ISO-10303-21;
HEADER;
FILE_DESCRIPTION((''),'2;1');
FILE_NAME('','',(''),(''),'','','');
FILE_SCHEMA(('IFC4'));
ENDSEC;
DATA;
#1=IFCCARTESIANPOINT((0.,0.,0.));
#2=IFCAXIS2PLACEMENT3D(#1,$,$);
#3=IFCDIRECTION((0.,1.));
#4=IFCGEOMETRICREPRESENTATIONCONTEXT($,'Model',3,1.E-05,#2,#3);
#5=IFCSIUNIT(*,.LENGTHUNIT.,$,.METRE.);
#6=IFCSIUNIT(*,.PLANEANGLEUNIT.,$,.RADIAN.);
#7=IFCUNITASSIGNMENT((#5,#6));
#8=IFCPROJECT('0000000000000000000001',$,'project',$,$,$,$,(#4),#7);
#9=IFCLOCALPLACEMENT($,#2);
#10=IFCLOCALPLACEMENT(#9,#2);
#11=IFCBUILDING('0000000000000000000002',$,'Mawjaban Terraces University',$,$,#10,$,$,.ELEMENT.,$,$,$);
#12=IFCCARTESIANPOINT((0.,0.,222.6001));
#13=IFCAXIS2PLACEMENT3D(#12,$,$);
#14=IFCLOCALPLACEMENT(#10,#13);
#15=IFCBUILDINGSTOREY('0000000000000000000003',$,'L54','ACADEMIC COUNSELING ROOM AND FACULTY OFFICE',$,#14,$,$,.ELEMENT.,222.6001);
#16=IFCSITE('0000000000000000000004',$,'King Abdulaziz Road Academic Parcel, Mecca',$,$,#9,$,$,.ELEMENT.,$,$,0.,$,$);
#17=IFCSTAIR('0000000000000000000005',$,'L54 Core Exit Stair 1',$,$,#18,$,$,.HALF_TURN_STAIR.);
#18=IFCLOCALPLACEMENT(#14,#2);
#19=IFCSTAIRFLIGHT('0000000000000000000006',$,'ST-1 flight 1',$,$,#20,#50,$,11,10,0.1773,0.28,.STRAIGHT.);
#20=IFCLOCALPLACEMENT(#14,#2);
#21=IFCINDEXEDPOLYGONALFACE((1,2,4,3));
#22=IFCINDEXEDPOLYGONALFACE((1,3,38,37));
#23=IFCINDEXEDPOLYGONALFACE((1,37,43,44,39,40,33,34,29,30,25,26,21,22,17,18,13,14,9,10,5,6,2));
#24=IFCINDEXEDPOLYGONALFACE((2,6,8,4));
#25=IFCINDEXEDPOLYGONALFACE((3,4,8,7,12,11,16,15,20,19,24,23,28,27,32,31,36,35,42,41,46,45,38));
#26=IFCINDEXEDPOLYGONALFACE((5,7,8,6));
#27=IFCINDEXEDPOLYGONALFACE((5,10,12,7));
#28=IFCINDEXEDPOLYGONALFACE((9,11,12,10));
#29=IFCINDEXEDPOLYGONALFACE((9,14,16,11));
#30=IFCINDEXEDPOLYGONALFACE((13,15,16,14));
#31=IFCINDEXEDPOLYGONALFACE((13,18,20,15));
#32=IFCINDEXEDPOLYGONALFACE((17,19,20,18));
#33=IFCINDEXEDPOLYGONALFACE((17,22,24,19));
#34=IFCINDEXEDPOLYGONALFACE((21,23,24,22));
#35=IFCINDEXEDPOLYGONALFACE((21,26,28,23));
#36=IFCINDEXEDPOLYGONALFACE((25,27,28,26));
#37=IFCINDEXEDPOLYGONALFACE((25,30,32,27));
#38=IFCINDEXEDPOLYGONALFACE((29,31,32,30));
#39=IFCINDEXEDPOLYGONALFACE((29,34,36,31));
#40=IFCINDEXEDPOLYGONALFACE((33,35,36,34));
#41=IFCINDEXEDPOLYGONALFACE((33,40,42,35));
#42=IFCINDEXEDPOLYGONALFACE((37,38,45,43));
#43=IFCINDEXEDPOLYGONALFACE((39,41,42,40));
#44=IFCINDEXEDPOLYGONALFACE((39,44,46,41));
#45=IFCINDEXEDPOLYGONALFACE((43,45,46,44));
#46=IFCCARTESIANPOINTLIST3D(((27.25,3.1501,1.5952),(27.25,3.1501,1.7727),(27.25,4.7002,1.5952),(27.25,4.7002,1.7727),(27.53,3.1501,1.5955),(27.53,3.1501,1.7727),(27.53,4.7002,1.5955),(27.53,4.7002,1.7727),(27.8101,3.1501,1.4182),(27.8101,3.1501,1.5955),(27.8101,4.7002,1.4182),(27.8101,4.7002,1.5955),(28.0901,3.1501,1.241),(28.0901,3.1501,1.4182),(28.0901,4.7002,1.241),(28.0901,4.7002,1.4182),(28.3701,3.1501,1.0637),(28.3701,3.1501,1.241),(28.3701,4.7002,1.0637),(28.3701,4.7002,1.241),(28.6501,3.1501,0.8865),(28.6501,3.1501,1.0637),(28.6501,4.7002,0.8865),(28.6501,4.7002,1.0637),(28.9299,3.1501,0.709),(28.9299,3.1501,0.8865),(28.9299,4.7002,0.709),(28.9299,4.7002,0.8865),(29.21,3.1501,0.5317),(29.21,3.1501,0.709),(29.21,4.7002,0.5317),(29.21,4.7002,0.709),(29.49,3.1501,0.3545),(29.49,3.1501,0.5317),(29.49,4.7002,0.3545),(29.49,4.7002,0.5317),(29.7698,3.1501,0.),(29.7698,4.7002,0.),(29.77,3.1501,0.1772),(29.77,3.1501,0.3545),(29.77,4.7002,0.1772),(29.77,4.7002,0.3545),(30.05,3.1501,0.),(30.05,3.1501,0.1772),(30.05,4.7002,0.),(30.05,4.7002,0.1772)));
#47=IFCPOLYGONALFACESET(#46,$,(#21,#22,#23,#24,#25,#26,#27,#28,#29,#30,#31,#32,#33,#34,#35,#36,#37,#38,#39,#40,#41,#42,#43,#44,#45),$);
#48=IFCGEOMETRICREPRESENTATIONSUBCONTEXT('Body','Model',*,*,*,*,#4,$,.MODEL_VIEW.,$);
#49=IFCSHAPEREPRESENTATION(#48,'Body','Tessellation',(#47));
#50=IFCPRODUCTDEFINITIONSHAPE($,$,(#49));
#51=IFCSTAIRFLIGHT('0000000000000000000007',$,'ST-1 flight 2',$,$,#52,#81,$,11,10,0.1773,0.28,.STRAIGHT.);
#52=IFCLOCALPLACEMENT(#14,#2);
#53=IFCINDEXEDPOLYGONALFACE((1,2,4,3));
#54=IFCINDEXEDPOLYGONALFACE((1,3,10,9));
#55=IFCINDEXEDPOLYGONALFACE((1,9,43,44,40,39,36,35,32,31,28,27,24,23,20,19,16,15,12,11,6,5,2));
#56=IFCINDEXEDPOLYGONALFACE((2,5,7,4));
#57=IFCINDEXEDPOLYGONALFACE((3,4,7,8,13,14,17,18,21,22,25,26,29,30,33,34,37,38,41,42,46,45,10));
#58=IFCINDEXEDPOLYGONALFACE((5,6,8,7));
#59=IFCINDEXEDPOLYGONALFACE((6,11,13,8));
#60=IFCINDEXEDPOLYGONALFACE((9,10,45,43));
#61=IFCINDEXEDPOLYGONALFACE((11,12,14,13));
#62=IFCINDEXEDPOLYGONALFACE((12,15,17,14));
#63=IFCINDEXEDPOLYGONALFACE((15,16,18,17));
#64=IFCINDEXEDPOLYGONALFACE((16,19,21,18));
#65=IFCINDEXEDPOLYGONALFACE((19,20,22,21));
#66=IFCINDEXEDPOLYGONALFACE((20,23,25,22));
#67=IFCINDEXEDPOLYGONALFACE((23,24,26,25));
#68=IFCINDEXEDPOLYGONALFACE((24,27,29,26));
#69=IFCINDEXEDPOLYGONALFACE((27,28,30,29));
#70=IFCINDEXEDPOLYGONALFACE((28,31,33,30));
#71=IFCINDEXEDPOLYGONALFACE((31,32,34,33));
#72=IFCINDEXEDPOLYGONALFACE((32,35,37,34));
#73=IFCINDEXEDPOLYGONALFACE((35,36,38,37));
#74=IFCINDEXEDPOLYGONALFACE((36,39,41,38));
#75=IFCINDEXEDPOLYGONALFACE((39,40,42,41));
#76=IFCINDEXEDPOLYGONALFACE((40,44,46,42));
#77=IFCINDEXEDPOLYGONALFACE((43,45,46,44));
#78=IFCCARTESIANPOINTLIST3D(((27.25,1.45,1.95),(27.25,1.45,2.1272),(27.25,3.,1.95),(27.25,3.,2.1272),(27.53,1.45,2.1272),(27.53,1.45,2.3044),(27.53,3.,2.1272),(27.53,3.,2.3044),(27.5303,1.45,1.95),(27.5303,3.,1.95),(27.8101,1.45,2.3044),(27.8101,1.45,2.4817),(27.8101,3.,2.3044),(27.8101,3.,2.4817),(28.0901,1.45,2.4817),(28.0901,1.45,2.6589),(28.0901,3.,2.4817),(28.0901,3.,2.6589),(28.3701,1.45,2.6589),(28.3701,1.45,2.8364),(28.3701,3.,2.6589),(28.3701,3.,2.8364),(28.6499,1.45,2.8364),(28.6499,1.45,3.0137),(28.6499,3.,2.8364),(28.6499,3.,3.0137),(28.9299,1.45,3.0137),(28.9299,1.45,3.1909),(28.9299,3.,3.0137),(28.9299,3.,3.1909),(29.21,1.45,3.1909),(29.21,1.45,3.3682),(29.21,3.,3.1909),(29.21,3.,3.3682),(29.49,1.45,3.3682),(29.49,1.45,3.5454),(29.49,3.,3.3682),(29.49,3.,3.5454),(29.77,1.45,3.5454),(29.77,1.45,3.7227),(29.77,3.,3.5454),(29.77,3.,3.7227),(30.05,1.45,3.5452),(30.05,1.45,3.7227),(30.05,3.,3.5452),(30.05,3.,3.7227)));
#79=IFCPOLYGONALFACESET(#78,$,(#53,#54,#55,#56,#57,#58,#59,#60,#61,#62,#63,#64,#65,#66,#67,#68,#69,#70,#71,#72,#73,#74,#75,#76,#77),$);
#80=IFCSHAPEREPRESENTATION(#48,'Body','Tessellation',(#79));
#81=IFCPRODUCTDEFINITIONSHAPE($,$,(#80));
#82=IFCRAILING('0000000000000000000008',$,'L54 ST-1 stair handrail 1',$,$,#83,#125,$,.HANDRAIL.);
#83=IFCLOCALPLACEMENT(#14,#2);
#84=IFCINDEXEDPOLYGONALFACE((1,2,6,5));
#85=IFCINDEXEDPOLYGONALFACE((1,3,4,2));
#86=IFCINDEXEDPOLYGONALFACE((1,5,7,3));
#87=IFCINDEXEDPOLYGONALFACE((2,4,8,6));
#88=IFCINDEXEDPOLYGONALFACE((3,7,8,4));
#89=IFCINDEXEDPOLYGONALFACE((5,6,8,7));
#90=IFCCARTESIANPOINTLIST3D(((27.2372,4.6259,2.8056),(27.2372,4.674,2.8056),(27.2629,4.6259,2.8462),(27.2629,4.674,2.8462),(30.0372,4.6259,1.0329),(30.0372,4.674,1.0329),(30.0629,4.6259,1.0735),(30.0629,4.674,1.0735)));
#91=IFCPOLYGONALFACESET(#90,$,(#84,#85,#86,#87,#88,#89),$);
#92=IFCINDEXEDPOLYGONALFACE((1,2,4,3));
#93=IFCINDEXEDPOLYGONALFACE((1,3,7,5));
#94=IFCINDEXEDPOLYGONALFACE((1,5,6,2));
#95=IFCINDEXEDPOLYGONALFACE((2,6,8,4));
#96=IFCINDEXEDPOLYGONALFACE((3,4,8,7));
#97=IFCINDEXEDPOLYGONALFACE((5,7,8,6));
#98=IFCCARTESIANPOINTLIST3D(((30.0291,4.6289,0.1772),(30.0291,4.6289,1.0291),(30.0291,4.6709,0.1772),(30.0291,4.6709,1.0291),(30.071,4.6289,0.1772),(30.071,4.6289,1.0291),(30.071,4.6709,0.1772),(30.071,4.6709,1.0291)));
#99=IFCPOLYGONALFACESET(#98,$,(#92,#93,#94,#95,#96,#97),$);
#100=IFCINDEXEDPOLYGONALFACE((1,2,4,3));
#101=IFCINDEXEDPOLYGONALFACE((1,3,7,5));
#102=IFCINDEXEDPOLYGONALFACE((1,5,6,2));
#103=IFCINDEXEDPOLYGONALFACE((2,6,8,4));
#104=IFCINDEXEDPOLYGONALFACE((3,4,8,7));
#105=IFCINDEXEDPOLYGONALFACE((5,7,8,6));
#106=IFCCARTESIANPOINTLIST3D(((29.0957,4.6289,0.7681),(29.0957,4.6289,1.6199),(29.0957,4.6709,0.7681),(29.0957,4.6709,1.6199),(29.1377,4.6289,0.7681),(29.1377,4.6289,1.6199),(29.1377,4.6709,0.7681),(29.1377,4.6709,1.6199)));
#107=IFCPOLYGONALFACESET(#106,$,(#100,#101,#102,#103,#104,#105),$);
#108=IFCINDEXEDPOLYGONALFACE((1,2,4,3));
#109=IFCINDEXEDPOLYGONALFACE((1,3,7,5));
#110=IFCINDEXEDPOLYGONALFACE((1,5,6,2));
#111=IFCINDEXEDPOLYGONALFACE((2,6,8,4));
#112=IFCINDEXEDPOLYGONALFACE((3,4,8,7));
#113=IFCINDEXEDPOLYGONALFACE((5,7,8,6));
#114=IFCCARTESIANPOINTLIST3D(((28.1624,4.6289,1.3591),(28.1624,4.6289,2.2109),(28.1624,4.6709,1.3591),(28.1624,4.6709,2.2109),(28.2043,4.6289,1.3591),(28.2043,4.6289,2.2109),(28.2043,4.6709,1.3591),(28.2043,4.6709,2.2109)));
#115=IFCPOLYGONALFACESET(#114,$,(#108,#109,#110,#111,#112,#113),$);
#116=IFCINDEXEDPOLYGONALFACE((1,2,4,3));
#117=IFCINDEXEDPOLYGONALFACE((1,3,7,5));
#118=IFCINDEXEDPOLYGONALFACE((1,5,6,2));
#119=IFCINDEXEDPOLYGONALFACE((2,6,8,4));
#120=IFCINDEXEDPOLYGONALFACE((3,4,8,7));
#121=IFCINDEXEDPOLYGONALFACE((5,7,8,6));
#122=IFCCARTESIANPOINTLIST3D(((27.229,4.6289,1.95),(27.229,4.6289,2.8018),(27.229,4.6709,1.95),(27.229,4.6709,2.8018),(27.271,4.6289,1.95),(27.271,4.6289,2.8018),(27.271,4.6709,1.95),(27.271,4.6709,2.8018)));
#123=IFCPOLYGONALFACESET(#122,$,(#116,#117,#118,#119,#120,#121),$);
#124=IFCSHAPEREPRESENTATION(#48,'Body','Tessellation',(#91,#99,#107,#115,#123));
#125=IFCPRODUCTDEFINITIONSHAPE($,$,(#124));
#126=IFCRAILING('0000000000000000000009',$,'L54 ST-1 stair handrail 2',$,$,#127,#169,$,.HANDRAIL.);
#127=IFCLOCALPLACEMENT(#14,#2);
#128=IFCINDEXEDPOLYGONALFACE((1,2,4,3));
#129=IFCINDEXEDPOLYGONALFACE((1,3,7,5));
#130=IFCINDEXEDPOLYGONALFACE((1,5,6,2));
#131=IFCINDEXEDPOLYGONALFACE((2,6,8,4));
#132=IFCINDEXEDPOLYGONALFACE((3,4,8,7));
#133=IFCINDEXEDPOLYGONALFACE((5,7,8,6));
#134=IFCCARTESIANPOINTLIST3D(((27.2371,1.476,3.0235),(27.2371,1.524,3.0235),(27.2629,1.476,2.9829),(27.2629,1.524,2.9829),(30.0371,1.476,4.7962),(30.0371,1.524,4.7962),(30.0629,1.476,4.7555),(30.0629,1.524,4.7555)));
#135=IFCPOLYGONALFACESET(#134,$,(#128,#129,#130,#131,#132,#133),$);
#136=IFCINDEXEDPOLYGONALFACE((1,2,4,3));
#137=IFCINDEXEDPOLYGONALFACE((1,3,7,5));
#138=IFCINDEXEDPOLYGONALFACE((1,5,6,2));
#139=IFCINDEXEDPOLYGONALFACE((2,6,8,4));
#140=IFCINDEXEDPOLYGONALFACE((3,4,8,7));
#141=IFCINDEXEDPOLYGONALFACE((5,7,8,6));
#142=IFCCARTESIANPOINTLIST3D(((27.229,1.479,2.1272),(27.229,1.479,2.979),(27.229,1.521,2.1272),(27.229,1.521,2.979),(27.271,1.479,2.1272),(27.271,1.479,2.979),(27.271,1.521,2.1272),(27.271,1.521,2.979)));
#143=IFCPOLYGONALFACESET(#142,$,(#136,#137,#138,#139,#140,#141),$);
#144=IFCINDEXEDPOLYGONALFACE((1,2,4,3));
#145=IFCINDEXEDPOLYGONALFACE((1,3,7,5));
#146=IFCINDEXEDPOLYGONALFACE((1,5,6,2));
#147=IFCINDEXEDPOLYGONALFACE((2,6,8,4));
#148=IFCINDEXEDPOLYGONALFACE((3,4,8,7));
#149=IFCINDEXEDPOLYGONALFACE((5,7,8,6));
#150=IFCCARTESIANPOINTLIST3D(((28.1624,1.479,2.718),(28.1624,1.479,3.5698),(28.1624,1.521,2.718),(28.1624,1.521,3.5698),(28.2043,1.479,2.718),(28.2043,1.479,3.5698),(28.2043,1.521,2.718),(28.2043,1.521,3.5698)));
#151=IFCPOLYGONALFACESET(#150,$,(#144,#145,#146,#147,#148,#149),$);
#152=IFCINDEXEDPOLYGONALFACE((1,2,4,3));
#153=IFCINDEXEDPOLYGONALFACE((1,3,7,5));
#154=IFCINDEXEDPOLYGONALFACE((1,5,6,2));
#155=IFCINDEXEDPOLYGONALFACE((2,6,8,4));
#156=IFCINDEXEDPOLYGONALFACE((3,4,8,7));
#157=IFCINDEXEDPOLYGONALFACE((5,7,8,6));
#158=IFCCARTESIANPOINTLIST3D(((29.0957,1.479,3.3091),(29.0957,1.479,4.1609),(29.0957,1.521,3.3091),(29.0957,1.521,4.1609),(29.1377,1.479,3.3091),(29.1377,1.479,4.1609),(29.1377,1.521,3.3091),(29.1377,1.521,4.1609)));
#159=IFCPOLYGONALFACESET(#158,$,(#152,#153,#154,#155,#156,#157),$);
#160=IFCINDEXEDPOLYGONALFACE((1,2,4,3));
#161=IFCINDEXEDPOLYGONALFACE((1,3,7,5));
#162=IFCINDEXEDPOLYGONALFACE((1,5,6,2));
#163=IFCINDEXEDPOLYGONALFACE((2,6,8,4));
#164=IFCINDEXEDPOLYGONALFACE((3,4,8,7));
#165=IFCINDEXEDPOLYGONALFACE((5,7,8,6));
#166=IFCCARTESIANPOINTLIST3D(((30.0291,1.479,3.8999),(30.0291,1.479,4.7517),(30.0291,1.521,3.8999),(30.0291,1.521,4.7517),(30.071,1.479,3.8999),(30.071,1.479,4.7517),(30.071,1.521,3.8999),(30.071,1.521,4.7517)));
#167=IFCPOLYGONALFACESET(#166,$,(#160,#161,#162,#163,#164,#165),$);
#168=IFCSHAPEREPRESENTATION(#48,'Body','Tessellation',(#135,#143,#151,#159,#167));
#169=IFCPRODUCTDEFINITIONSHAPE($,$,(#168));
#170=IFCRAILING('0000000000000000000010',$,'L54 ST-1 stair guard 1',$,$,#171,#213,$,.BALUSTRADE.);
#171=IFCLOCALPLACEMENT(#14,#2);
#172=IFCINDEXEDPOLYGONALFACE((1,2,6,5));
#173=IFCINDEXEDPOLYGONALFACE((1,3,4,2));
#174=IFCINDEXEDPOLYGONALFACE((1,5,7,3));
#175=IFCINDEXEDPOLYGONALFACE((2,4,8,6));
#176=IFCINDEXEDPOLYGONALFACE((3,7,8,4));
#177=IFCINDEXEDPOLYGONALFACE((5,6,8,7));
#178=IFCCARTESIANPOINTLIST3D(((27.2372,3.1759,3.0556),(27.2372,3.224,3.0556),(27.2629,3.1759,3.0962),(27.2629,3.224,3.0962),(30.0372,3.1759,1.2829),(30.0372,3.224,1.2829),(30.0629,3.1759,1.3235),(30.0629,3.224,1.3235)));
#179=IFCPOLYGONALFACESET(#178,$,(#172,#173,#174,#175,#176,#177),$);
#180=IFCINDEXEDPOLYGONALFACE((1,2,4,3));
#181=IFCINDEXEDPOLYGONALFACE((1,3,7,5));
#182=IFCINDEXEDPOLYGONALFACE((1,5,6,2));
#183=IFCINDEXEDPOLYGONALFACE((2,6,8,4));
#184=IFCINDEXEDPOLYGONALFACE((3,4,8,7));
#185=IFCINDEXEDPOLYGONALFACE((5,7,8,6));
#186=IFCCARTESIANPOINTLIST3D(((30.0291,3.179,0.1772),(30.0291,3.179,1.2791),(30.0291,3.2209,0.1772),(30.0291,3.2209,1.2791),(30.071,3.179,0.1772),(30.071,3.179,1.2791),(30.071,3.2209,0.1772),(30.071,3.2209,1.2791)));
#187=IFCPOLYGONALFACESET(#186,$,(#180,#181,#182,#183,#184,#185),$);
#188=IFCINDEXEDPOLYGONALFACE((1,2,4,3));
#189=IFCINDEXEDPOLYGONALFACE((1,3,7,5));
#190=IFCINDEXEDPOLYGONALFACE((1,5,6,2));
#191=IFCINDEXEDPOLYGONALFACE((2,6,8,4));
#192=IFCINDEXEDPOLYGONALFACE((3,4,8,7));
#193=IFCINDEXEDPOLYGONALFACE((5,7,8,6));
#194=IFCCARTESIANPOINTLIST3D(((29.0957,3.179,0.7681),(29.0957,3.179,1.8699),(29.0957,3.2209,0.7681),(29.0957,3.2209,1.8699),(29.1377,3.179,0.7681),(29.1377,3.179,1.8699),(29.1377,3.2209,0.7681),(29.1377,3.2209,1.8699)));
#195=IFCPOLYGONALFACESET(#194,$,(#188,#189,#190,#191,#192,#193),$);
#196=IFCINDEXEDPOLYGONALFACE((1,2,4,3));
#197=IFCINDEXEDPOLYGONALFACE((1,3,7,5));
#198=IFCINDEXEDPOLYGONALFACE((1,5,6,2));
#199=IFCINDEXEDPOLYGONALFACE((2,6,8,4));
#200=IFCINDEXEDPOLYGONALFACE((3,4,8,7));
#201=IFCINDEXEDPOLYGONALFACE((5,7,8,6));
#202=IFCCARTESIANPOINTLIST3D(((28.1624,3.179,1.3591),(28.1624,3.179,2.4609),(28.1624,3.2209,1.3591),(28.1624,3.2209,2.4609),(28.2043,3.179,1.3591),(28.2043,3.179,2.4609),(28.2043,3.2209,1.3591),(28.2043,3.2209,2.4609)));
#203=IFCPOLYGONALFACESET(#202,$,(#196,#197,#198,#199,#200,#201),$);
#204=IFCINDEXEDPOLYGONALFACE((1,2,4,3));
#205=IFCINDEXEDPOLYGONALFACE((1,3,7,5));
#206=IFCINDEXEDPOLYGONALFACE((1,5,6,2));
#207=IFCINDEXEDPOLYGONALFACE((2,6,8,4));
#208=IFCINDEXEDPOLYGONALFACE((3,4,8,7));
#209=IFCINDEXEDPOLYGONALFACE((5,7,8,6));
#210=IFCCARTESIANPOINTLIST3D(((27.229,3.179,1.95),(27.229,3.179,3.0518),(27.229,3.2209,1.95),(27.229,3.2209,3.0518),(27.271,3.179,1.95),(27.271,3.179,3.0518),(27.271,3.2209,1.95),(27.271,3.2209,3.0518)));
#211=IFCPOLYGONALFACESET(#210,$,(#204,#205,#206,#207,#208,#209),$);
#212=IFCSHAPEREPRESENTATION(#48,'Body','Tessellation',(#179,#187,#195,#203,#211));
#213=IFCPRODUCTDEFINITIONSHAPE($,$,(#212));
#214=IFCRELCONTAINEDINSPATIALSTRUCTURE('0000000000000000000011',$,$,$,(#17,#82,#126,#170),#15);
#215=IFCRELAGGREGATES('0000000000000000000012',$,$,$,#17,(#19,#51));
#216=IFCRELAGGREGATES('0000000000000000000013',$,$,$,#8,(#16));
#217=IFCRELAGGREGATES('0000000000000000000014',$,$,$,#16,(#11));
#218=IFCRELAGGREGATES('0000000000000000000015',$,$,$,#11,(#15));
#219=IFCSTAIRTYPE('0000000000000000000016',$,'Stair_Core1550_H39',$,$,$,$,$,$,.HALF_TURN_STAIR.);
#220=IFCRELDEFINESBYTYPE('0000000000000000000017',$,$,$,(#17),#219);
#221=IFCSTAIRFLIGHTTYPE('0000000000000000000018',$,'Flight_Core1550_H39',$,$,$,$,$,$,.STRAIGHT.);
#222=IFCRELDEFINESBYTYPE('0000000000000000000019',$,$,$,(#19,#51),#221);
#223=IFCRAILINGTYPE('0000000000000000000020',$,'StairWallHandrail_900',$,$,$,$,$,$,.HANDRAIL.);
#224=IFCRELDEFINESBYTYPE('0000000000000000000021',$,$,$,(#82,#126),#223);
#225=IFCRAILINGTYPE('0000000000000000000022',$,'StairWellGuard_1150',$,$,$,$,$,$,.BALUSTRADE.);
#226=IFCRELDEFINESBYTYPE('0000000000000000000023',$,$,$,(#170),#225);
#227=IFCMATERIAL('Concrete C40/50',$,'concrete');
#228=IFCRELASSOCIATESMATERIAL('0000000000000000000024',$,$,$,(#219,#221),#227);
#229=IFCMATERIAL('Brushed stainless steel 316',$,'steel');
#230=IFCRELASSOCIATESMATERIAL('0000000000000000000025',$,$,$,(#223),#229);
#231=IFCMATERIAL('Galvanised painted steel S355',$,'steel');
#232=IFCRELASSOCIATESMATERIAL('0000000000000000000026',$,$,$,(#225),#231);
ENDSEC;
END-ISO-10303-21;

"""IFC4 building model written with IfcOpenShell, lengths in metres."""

from ifc_helpers import new_model, si_unit, direction, frame, origin, origin_2d, place, context, subcontext, project, spatial, polyline, rectangle, outline, extrude, material, type_object, element, aggregate, save


model = new_model("IFC4")

# Units and contexts
model_context = context("Model", 3, precision=1e-05, world=origin(), true_north=direction((0.0, 1.0)))
body_context = subcontext(model_context, "Body", "Model", "MODEL_VIEW")
ifc_project = project(units=[si_unit("LENGTHUNIT", "METRE"), si_unit("PLANEANGLEUNIT", "RADIAN")], contexts=[model_context])

# Site, building, storey
site_placement = place(None, origin())
site = spatial("IfcSite", under=ifc_project, at=site_placement, Name="King Abdulaziz Road Academic Parcel, Mecca", CompositionType="ELEMENT", RefElevation=0.0)
building_placement = place(site_placement, origin())
building = spatial("IfcBuilding", under=site, at=building_placement, Name="Mawjaban Terraces University", CompositionType="ELEMENT")
storey_placement = place(building_placement, frame((0.0, 0.0, 222.6001)))
storey = spatial("IfcBuildingStorey", under=building, at=storey_placement, Name="L54", Description="ACADEMIC COUNSELING ROOM AND FACULTY OFFICE", CompositionType="ELEMENT", Elevation=222.6001)

# Shared definitions
ifc_material_1 = material(Name="Concrete C40/50", Category="concrete")

# Stair, stair flights
stair_type = type_object("IfcStairType", Name="Stair_Core1550_H39", PredefinedType="HALF_TURN_STAIR", material=ifc_material_1)
stair_placement = place(storey_placement, origin())
stair = element("IfcStair", 1, at=stair_placement, inside=storey, type_object=stair_type, Name="L54 Core Exit Stair 1", PredefinedType="HALF_TURN_STAIR")
stair_flight_type = type_object("IfcStairFlightType", Name="Flight_Core1550_H39", PredefinedType="STRAIGHT", material=ifc_material_1)
stair_flight_1_placement = place(storey_placement, frame((30.05, 3.925, 0.0), z_axis=(0.0, 0.0, 1.0), x_axis=(-1.0, 0.0, 0.0)))
stair_flight_1 = element("IfcStairFlight", 2, at=stair_flight_1_placement, type_object=stair_flight_type, Name="ST-1 flight 1", NumberOfRisers=11, NumberOfTreads=10, PredefinedType="STRAIGHT", RiserHeight=0.1773, TreadLength=0.28, context=body_context, shape_type="SweptSolid", body=[
    extrude(outline(polyline([(0.0, 0.0), (0.0, 0.1772), (0.28, 0.1772), (0.28, 0.3545), (0.5601, 0.3545), (0.5601, 0.5317), (0.8401, 0.5317), (0.8401, 0.709), (1.1201, 0.709), (1.1201, 0.8865), (1.3999, 0.8865), (1.3999, 1.0637), (1.6799, 1.0637), (1.6799, 1.241), (1.96, 1.241), (1.96, 1.4182), (2.24, 1.4182), (2.24, 1.5955), (2.52, 1.5955), (2.52, 1.7727), (2.8, 1.7727), (2.8, 1.95), (2.8, 1.5952), (0.2803, 0.0), (0.0, 0.0)])), frame((0.0, 0.7749, 0.0), z_axis=(0.0, -1.0, 0.0), x_axis=(1.0, 0.0, 0.0)), (0.0, 0.0, 1.0), 1.55),
])
stair_flight_2_placement = place(storey_placement, frame((27.25, 2.2251, 1.95), z_axis=(0.0, 0.0, 1.0), x_axis=(1.0, 0.0, 0.0)))
stair_flight_2 = element("IfcStairFlight", 3, at=stair_flight_2_placement, type_object=stair_flight_type, Name="ST-1 flight 2", NumberOfRisers=11, NumberOfTreads=10, PredefinedType="STRAIGHT", RiserHeight=0.1773, TreadLength=0.28, context=body_context, shape_type="SweptSolid", body=[
    extrude(outline(polyline([(0.0, 0.0), (0.0, 0.1772), (0.28, 0.1772), (0.28, 0.3545), (0.5601, 0.3545), (0.5601, 0.5317), (0.8401, 0.5317), (0.8401, 0.709), (1.1201, 0.709), (1.1201, 0.8865), (1.3999, 0.8865), (1.3999, 1.0637), (1.6799, 1.0637), (1.6799, 1.241), (1.96, 1.241), (1.96, 1.4182), (2.24, 1.4182), (2.24, 1.5955), (2.52, 1.5955), (2.52, 1.7727), (2.8, 1.7727), (2.8, 1.95), (2.8, 1.5952), (0.2803, 0.0), (0.0, 0.0)])), frame((0.0, 0.7749, 0.0), z_axis=(0.0, -1.0, 0.0), x_axis=(1.0, 0.0, 0.0)), (0.0, 0.0, 1.0), 1.55),
])
aggregate(stair, [stair_flight_1, stair_flight_2])

# Railings
ifc_material_2 = material(Name="Brushed stainless steel 316", Category="steel")
railing_type_1 = type_object("IfcRailingType", Name="StairWallHandrail_900", PredefinedType="HANDRAIL", material=ifc_material_2)
railing_1_placement = place(storey_placement, frame((30.05, 4.6499, 0.1772)))
element("IfcRailing", 4, at=railing_1_placement, inside=storey, type_object=railing_type_1, Name="L54 ST-1 stair handrail 1", PredefinedType="HANDRAIL", context=body_context, shape_type="SweptSolid", body=[
    extrude(rectangle(XDim=0.0481, YDim=0.0481, at=origin_2d()), frame((0.0, 0.0, 0.876), z_axis=(-0.844909, 0.0, 0.53491), x_axis=(0.0, -1.0, 0.0)), (0.0, 0.0, 1.0), 3.314),
    extrude(rectangle(XDim=0.042, YDim=0.042, at=origin_2d()), origin(), (0.0, 0.0, 1.0), 0.8518),
    extrude(rectangle(XDim=0.042, YDim=0.042, at=origin_2d()), frame((-0.9333, 0.0, 0.5908)), (0.0, 0.0, 1.0), 0.8518),
    extrude(rectangle(XDim=0.042, YDim=0.042, at=origin_2d()), frame((-1.8667, 0.0, 1.1819)), (0.0, 0.0, 1.0), 0.8518),
    extrude(rectangle(XDim=0.042, YDim=0.042, at=origin_2d()), frame((-2.8, 0.0, 1.7727)), (0.0, 0.0, 1.0), 0.8518),
])
railing_2_placement = place(storey_placement, frame((27.25, 1.5, 2.1272)))
element("IfcRailing", 5, at=railing_2_placement, inside=storey, type_object=railing_type_1, Name="L54 ST-1 stair handrail 2", PredefinedType="HANDRAIL", context=body_context, shape_type="SweptSolid", body=[
    extrude(rectangle(XDim=0.0481, YDim=0.0481, at=origin_2d()), frame((0.0, 0.0, 0.876), z_axis=(0.844909, 0.0, 0.53491), x_axis=(0.0, 1.0, 0.0)), (0.0, 0.0, 1.0), 3.314),
    extrude(rectangle(XDim=0.042, YDim=0.042, at=origin_2d()), origin(), (0.0, 0.0, 1.0), 0.8518),
    extrude(rectangle(XDim=0.042, YDim=0.042, at=origin_2d()), frame((0.9333, 0.0, 0.5908)), (0.0, 0.0, 1.0), 0.8518),
    extrude(rectangle(XDim=0.042, YDim=0.042, at=origin_2d()), frame((1.8667, 0.0, 1.1819)), (0.0, 0.0, 1.0), 0.8518),
    extrude(rectangle(XDim=0.042, YDim=0.042, at=origin_2d()), frame((2.8, 0.0, 1.7727)), (0.0, 0.0, 1.0), 0.8518),
])
ifc_material_3 = material(Name="Galvanised painted steel S355", Category="steel")
railing_type_2 = type_object("IfcRailingType", Name="StairWellGuard_1150", PredefinedType="BALUSTRADE", material=ifc_material_3)
railing_3_placement = place(storey_placement, frame((30.05, 3.2, 0.1772)))
element("IfcRailing", 6, at=railing_3_placement, inside=storey, type_object=railing_type_2, Name="L54 ST-1 stair guard 1", PredefinedType="BALUSTRADE", context=body_context, shape_type="SweptSolid", body=[
    extrude(rectangle(XDim=0.0481, YDim=0.0481, at=origin_2d()), frame((0.0, 0.0, 1.126), z_axis=(-0.844909, 0.0, 0.53491), x_axis=(0.0, -1.0, 0.0)), (0.0, 0.0, 1.0), 3.314),
    extrude(rectangle(XDim=0.042, YDim=0.042, at=origin_2d()), origin(), (0.0, 0.0, 1.0), 1.1018),
    extrude(rectangle(XDim=0.042, YDim=0.042, at=origin_2d()), frame((-0.9333, 0.0, 0.5908)), (0.0, 0.0, 1.0), 1.1018),
    extrude(rectangle(XDim=0.042, YDim=0.042, at=origin_2d()), frame((-1.8667, 0.0, 1.1819)), (0.0, 0.0, 1.0), 1.1018),
    extrude(rectangle(XDim=0.042, YDim=0.042, at=origin_2d()), frame((-2.8, 0.0, 1.7727)), (0.0, 0.0, 1.0), 1.1018),
])

save(model, "model.ifc")
